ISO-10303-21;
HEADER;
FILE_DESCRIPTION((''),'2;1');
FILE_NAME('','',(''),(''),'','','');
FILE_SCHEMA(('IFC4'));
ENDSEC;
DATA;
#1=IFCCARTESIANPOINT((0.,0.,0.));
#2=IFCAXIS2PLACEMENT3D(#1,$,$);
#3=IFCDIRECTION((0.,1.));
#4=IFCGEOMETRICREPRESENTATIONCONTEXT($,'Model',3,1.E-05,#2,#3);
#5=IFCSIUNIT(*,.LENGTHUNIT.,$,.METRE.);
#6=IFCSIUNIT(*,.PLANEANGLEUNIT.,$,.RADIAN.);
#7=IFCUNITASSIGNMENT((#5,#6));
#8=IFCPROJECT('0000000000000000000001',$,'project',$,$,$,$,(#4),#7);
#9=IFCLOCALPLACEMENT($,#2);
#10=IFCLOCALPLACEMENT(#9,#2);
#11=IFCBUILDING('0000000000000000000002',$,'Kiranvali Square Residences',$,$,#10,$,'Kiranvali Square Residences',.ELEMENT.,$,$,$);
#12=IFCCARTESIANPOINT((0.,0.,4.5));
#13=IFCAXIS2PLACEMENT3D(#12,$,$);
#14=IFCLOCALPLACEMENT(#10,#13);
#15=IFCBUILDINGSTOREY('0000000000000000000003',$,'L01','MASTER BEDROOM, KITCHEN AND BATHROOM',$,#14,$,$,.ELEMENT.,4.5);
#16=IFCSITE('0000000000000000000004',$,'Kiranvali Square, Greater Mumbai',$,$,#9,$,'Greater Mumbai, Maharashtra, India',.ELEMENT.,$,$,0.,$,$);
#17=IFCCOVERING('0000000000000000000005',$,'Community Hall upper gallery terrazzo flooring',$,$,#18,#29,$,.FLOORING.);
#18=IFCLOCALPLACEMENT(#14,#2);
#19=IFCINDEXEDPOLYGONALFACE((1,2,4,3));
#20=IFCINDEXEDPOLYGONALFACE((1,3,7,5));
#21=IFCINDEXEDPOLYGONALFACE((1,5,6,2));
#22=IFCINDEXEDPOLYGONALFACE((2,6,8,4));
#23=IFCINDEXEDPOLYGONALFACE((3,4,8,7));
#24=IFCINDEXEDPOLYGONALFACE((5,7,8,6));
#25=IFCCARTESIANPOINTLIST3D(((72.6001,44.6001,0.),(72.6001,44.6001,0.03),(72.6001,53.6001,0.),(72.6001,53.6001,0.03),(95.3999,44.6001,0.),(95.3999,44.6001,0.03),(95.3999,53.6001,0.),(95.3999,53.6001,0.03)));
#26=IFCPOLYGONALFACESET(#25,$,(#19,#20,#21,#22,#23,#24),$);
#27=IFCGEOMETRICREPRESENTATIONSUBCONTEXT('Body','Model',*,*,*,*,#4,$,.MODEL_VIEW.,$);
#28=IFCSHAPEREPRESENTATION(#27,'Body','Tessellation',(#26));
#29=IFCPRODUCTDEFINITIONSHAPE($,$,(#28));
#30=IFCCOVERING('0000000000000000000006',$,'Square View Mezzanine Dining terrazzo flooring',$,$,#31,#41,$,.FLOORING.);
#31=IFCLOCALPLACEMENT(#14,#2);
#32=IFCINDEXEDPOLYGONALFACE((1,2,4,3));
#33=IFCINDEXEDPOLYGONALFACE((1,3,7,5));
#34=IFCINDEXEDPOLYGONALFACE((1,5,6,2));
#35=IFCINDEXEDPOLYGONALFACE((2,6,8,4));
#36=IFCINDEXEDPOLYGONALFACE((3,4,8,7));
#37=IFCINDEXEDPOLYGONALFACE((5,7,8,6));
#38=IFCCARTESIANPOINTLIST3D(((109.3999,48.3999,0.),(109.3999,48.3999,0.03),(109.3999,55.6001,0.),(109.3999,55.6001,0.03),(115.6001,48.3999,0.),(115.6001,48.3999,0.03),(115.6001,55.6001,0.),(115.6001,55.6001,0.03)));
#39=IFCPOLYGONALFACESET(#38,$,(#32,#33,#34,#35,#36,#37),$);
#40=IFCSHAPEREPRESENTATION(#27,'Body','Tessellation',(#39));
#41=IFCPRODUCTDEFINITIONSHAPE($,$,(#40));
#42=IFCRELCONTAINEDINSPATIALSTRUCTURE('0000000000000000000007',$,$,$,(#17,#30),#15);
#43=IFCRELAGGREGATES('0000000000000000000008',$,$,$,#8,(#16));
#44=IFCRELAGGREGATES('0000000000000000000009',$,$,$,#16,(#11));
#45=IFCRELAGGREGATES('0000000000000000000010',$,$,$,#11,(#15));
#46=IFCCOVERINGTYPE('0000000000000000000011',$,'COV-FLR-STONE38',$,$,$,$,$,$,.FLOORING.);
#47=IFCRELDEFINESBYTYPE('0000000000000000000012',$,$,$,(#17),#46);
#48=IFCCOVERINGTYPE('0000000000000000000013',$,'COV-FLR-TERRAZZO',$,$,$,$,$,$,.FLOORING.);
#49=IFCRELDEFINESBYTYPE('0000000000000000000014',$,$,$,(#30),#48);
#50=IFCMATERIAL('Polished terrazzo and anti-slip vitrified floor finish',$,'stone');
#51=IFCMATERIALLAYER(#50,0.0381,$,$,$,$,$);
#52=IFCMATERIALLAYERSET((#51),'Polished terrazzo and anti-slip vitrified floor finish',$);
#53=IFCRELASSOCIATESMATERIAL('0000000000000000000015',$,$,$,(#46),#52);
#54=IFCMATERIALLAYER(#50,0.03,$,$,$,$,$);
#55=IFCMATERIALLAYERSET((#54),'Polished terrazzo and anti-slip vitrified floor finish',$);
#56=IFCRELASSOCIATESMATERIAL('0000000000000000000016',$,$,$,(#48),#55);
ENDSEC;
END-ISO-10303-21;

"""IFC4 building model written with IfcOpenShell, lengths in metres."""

from ifc_helpers import new_model, si_unit, direction, frame, origin, place, context, subcontext, project, spatial, polyline, outline, extrude, material, layer, layer_set, type_object, element, save


model = new_model("IFC4")

# Units and contexts
model_context = context("Model", 3, precision=1e-05, world=origin(), true_north=direction((0.0, 1.0)))
body_context = subcontext(model_context, "Body", "Model", "MODEL_VIEW")
ifc_project = project(units=[si_unit("LENGTHUNIT", "METRE"), si_unit("PLANEANGLEUNIT", "RADIAN")], contexts=[model_context])

# Site, building, storey
site_placement = place(None, origin())
site = spatial("IfcSite", under=ifc_project, at=site_placement, Name="Kiranvali Square, Greater Mumbai", LongName="Greater Mumbai, Maharashtra, India", CompositionType="ELEMENT", RefElevation=0.0)
building_placement = place(site_placement, origin())
building = spatial("IfcBuilding", under=site, at=building_placement, Name="Kiranvali Square Residences", LongName="Kiranvali Square Residences", CompositionType="ELEMENT")
storey_placement = place(building_placement, frame((0.0, 0.0, 4.5)))
storey = spatial("IfcBuildingStorey", under=building, at=storey_placement, Name="L01", Description="MASTER BEDROOM, KITCHEN AND BATHROOM", CompositionType="ELEMENT", Elevation=4.5)

# Coverings
ifc_material_1 = material(Name="Polished terrazzo and anti-slip vitrified floor finish", Category="stone")
ifc_layer_1 = layer(ifc_material_1, 0.0381)
ifc_layer_set_1 = layer_set([ifc_layer_1], Name="Polished terrazzo and anti-slip vitrified floor finish")
covering_type_1 = type_object("IfcCoveringType", Name="COV-FLR-STONE38", PredefinedType="FLOORING", material=ifc_layer_set_1)
covering_1_placement = place(storey_placement, origin())
element("IfcCovering", 1, at=covering_1_placement, inside=storey, type_object=covering_type_1, Name="Community Hall upper gallery terrazzo flooring", PredefinedType="FLOORING", context=body_context, shape_type="SweptSolid", body=[
    extrude(outline(polyline([(72.6001, 44.6001), (95.3999, 44.6001), (95.3999, 53.6001), (72.6001, 53.6001), (72.6001, 44.6001)])), origin(), (0.0, 0.0, 1.0), 0.03),
])
ifc_layer_2 = layer(ifc_material_1, 0.03)
ifc_layer_set_2 = layer_set([ifc_layer_2], Name="Polished terrazzo and anti-slip vitrified floor finish")
covering_type_2 = type_object("IfcCoveringType", Name="COV-FLR-TERRAZZO", PredefinedType="FLOORING", material=ifc_layer_set_2)
covering_2_placement = place(storey_placement, origin())
element("IfcCovering", 2, at=covering_2_placement, inside=storey, type_object=covering_type_2, Name="Square View Mezzanine Dining terrazzo flooring", PredefinedType="FLOORING", context=body_context, shape_type="SweptSolid", body=[
    extrude(outline(polyline([(109.3999, 48.3999), (115.6001, 48.3999), (115.6001, 55.6001), (109.3999, 55.6001), (109.3999, 48.3999)])), origin(), (0.0, 0.0, 1.0), 0.03),
])

save(model, "model.ifc")
